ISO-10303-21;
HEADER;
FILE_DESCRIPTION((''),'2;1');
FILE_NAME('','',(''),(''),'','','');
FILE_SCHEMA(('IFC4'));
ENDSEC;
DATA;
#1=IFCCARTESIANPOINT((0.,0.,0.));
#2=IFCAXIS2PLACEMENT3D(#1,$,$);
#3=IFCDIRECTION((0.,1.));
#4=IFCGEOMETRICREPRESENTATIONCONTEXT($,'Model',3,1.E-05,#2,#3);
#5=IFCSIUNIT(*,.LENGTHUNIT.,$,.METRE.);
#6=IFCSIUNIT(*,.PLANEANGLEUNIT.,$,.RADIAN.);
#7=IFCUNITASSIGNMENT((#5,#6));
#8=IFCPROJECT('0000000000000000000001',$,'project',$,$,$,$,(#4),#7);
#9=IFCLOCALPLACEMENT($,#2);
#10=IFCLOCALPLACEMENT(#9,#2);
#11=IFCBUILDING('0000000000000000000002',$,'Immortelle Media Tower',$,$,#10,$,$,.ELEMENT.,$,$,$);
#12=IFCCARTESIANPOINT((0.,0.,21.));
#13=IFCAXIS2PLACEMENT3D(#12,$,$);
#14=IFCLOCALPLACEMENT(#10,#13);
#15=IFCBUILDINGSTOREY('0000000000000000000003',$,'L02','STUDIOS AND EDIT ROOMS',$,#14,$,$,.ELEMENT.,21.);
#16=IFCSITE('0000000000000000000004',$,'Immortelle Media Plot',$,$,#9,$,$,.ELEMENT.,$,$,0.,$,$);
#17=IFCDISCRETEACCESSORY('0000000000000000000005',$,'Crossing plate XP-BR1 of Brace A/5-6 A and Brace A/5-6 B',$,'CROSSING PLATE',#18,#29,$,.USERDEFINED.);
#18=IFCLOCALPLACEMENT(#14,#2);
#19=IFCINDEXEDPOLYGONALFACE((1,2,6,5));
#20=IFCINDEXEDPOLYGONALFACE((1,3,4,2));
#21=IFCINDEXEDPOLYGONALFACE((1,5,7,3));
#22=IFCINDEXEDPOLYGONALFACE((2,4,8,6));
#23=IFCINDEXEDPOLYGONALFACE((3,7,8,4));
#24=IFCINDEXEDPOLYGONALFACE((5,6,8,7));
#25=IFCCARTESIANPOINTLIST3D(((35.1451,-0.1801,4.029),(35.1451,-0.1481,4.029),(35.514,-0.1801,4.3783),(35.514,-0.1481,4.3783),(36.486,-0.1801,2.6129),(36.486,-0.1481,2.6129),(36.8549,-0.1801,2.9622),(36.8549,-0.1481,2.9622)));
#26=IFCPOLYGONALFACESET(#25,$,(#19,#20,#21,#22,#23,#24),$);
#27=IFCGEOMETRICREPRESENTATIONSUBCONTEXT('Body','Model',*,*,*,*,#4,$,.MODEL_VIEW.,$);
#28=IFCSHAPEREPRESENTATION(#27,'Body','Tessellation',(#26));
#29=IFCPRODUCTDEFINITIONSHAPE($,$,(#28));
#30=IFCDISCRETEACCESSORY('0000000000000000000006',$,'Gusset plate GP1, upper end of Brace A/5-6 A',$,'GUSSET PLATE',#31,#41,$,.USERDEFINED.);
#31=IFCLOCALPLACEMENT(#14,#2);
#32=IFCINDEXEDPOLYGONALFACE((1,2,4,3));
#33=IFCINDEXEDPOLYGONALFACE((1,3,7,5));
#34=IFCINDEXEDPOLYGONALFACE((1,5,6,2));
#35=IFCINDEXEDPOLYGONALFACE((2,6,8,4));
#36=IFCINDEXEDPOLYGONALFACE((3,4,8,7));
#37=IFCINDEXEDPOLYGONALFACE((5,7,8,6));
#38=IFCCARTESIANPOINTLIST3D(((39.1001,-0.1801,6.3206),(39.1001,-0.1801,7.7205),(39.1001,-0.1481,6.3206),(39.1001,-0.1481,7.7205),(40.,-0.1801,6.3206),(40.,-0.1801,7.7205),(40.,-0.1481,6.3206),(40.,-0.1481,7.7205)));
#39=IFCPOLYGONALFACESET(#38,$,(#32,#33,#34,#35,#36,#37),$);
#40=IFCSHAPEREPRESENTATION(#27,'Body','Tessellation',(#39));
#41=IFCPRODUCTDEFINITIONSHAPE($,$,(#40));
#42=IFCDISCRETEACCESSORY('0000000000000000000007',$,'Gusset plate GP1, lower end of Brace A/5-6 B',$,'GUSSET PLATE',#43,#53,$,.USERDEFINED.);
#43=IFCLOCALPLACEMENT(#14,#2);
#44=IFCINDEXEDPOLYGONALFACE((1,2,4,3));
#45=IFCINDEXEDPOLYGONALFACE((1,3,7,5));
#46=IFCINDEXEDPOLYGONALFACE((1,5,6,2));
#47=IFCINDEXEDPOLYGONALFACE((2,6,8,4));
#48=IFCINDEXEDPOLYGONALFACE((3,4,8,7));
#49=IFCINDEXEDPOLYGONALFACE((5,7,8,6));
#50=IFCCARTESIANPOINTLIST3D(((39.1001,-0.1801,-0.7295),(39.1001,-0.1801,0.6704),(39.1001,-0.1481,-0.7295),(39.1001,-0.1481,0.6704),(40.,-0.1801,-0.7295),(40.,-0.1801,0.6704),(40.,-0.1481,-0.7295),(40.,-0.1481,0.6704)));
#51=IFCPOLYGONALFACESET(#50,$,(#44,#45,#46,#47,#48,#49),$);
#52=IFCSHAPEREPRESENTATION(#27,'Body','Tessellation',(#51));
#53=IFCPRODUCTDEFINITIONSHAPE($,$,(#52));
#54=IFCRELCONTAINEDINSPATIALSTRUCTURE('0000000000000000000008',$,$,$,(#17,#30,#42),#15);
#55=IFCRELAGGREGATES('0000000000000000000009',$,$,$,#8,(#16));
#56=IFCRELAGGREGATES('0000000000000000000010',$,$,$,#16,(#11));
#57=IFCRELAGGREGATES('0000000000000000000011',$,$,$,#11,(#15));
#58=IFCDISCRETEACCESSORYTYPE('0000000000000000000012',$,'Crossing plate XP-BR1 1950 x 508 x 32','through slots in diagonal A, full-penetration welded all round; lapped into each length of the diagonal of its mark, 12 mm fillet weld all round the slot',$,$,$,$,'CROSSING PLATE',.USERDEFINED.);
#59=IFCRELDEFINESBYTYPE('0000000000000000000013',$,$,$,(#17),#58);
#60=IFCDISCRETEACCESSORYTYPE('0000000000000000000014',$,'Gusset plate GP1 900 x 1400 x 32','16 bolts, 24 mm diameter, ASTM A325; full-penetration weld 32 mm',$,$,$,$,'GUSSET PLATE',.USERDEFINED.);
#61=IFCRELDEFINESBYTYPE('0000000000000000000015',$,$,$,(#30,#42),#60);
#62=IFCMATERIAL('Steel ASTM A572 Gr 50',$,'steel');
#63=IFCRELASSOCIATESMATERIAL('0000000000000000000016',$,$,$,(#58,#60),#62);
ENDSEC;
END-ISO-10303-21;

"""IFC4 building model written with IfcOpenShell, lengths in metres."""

from ifc_helpers import new_model, si_unit, direction, frame, origin, origin_2d, place, context, subcontext, project, spatial, rectangle, extrude, material, material_profile, profile_set, type_object, element, save


model = new_model("IFC4")

# Units and contexts
model_context = context("Model", 3, precision=1e-05, world=origin(), true_north=direction((0.0, 1.0)))
body_context = subcontext(model_context, "Body", "Model", "MODEL_VIEW")
ifc_project = project(units=[si_unit("LENGTHUNIT", "METRE"), si_unit("PLANEANGLEUNIT", "RADIAN")], contexts=[model_context])

# Site, building, storey
site_placement = place(None, origin())
site = spatial("IfcSite", under=ifc_project, at=site_placement, Name="Immortelle Media Plot", CompositionType="ELEMENT", RefElevation=0.0)
building_placement = place(site_placement, origin())
building = spatial("IfcBuilding", under=site, at=building_placement, Name="Immortelle Media Tower", CompositionType="ELEMENT")
storey_placement = place(building_placement, frame((0.0, 0.0, 21.0)))
storey = spatial("IfcBuildingStorey", under=building, at=storey_placement, Name="L02", Description="STUDIOS AND EDIT ROOMS", CompositionType="ELEMENT", Elevation=21.0)

# Discrete accessories
ifc_material_1 = material(Name="Steel ASTM A572 Gr 50", Category="steel")
ifc_material_profile_1 = material_profile(ifc_material_1, rectangle(XDim=0.032, YDim=0.5081, at=origin_2d()), Name="PL 32 x 508")
ifc_profile_set_1 = profile_set([ifc_material_profile_1], Name="Steel ASTM A572 Gr 50")
discrete_accessory_type_1 = type_object("IfcDiscreteAccessoryType", Name="Crossing plate XP-BR1 1950 x 508 x 32", Description="through slots in diagonal A, full-penetration welded all round; lapped into each length of the diagonal of its mark, 12 mm fillet weld all round the slot", ElementType="CROSSING PLATE", PredefinedType="USERDEFINED", material=ifc_profile_set_1)
discrete_accessory_placement = place(storey_placement, frame((35.3296, -0.1641, 4.2036), z_axis=(0.687564, 0.0, -0.726124), x_axis=(0.0, 1.0, 0.0)))
element("IfcDiscreteAccessory", 1, at=discrete_accessory_placement, inside=storey, type_object=discrete_accessory_type_1, Name="Crossing plate XP-BR1 of Brace A/5-6 A and Brace A/5-6 B", ObjectType="CROSSING PLATE", PredefinedType="USERDEFINED", context=body_context, shape_type="SweptSolid", body=[
    extrude(rectangle(XDim=0.032, YDim=0.5081, at=origin_2d()), origin(), (0.0, 0.0, 1.0), 1.9502),
])
ifc_material_profile_2 = material_profile(ifc_material_1, rectangle(XDim=0.032, YDim=1.3999, at=origin_2d()), Name="PL 32 x 1400")
ifc_profile_set_2 = profile_set([ifc_material_profile_2], Name="Steel ASTM A572 Gr 50")
discrete_accessory_type_2 = type_object("IfcDiscreteAccessoryType", Name="Gusset plate GP1 900 x 1400 x 32", Description="16 bolts, 24 mm diameter, ASTM A325; full-penetration weld 32 mm", ElementType="GUSSET PLATE", PredefinedType="USERDEFINED", material=ifc_profile_set_2)
for number, where, z_axis, x_axis, name in (
    (2, (40.0, -0.1641, 7.0205), (-1.0, 0.0, 0.0), (0.0, -1.0, 0.0), "Gusset plate GP1, upper end of Brace A/5-6 A"),
    (3, (40.0, -0.1641, -0.0295), (-1.0, 0.0, 0.0), (0.0, -1.0, 0.0), "Gusset plate GP1, lower end of Brace A/5-6 B"),
):
    element("IfcDiscreteAccessory", number, at=place(storey_placement, frame(where, z_axis=z_axis, x_axis=x_axis)), inside=storey, type_object=discrete_accessory_type_2, Name=name, ObjectType="GUSSET PLATE", PredefinedType="USERDEFINED", context=body_context, shape_type="SweptSolid", body=[
        extrude(rectangle(XDim=0.032, YDim=1.3999, at=origin_2d()), origin(), (0.0, 0.0, 1.0), 0.8999),
    ])

save(model, "model.ifc")
